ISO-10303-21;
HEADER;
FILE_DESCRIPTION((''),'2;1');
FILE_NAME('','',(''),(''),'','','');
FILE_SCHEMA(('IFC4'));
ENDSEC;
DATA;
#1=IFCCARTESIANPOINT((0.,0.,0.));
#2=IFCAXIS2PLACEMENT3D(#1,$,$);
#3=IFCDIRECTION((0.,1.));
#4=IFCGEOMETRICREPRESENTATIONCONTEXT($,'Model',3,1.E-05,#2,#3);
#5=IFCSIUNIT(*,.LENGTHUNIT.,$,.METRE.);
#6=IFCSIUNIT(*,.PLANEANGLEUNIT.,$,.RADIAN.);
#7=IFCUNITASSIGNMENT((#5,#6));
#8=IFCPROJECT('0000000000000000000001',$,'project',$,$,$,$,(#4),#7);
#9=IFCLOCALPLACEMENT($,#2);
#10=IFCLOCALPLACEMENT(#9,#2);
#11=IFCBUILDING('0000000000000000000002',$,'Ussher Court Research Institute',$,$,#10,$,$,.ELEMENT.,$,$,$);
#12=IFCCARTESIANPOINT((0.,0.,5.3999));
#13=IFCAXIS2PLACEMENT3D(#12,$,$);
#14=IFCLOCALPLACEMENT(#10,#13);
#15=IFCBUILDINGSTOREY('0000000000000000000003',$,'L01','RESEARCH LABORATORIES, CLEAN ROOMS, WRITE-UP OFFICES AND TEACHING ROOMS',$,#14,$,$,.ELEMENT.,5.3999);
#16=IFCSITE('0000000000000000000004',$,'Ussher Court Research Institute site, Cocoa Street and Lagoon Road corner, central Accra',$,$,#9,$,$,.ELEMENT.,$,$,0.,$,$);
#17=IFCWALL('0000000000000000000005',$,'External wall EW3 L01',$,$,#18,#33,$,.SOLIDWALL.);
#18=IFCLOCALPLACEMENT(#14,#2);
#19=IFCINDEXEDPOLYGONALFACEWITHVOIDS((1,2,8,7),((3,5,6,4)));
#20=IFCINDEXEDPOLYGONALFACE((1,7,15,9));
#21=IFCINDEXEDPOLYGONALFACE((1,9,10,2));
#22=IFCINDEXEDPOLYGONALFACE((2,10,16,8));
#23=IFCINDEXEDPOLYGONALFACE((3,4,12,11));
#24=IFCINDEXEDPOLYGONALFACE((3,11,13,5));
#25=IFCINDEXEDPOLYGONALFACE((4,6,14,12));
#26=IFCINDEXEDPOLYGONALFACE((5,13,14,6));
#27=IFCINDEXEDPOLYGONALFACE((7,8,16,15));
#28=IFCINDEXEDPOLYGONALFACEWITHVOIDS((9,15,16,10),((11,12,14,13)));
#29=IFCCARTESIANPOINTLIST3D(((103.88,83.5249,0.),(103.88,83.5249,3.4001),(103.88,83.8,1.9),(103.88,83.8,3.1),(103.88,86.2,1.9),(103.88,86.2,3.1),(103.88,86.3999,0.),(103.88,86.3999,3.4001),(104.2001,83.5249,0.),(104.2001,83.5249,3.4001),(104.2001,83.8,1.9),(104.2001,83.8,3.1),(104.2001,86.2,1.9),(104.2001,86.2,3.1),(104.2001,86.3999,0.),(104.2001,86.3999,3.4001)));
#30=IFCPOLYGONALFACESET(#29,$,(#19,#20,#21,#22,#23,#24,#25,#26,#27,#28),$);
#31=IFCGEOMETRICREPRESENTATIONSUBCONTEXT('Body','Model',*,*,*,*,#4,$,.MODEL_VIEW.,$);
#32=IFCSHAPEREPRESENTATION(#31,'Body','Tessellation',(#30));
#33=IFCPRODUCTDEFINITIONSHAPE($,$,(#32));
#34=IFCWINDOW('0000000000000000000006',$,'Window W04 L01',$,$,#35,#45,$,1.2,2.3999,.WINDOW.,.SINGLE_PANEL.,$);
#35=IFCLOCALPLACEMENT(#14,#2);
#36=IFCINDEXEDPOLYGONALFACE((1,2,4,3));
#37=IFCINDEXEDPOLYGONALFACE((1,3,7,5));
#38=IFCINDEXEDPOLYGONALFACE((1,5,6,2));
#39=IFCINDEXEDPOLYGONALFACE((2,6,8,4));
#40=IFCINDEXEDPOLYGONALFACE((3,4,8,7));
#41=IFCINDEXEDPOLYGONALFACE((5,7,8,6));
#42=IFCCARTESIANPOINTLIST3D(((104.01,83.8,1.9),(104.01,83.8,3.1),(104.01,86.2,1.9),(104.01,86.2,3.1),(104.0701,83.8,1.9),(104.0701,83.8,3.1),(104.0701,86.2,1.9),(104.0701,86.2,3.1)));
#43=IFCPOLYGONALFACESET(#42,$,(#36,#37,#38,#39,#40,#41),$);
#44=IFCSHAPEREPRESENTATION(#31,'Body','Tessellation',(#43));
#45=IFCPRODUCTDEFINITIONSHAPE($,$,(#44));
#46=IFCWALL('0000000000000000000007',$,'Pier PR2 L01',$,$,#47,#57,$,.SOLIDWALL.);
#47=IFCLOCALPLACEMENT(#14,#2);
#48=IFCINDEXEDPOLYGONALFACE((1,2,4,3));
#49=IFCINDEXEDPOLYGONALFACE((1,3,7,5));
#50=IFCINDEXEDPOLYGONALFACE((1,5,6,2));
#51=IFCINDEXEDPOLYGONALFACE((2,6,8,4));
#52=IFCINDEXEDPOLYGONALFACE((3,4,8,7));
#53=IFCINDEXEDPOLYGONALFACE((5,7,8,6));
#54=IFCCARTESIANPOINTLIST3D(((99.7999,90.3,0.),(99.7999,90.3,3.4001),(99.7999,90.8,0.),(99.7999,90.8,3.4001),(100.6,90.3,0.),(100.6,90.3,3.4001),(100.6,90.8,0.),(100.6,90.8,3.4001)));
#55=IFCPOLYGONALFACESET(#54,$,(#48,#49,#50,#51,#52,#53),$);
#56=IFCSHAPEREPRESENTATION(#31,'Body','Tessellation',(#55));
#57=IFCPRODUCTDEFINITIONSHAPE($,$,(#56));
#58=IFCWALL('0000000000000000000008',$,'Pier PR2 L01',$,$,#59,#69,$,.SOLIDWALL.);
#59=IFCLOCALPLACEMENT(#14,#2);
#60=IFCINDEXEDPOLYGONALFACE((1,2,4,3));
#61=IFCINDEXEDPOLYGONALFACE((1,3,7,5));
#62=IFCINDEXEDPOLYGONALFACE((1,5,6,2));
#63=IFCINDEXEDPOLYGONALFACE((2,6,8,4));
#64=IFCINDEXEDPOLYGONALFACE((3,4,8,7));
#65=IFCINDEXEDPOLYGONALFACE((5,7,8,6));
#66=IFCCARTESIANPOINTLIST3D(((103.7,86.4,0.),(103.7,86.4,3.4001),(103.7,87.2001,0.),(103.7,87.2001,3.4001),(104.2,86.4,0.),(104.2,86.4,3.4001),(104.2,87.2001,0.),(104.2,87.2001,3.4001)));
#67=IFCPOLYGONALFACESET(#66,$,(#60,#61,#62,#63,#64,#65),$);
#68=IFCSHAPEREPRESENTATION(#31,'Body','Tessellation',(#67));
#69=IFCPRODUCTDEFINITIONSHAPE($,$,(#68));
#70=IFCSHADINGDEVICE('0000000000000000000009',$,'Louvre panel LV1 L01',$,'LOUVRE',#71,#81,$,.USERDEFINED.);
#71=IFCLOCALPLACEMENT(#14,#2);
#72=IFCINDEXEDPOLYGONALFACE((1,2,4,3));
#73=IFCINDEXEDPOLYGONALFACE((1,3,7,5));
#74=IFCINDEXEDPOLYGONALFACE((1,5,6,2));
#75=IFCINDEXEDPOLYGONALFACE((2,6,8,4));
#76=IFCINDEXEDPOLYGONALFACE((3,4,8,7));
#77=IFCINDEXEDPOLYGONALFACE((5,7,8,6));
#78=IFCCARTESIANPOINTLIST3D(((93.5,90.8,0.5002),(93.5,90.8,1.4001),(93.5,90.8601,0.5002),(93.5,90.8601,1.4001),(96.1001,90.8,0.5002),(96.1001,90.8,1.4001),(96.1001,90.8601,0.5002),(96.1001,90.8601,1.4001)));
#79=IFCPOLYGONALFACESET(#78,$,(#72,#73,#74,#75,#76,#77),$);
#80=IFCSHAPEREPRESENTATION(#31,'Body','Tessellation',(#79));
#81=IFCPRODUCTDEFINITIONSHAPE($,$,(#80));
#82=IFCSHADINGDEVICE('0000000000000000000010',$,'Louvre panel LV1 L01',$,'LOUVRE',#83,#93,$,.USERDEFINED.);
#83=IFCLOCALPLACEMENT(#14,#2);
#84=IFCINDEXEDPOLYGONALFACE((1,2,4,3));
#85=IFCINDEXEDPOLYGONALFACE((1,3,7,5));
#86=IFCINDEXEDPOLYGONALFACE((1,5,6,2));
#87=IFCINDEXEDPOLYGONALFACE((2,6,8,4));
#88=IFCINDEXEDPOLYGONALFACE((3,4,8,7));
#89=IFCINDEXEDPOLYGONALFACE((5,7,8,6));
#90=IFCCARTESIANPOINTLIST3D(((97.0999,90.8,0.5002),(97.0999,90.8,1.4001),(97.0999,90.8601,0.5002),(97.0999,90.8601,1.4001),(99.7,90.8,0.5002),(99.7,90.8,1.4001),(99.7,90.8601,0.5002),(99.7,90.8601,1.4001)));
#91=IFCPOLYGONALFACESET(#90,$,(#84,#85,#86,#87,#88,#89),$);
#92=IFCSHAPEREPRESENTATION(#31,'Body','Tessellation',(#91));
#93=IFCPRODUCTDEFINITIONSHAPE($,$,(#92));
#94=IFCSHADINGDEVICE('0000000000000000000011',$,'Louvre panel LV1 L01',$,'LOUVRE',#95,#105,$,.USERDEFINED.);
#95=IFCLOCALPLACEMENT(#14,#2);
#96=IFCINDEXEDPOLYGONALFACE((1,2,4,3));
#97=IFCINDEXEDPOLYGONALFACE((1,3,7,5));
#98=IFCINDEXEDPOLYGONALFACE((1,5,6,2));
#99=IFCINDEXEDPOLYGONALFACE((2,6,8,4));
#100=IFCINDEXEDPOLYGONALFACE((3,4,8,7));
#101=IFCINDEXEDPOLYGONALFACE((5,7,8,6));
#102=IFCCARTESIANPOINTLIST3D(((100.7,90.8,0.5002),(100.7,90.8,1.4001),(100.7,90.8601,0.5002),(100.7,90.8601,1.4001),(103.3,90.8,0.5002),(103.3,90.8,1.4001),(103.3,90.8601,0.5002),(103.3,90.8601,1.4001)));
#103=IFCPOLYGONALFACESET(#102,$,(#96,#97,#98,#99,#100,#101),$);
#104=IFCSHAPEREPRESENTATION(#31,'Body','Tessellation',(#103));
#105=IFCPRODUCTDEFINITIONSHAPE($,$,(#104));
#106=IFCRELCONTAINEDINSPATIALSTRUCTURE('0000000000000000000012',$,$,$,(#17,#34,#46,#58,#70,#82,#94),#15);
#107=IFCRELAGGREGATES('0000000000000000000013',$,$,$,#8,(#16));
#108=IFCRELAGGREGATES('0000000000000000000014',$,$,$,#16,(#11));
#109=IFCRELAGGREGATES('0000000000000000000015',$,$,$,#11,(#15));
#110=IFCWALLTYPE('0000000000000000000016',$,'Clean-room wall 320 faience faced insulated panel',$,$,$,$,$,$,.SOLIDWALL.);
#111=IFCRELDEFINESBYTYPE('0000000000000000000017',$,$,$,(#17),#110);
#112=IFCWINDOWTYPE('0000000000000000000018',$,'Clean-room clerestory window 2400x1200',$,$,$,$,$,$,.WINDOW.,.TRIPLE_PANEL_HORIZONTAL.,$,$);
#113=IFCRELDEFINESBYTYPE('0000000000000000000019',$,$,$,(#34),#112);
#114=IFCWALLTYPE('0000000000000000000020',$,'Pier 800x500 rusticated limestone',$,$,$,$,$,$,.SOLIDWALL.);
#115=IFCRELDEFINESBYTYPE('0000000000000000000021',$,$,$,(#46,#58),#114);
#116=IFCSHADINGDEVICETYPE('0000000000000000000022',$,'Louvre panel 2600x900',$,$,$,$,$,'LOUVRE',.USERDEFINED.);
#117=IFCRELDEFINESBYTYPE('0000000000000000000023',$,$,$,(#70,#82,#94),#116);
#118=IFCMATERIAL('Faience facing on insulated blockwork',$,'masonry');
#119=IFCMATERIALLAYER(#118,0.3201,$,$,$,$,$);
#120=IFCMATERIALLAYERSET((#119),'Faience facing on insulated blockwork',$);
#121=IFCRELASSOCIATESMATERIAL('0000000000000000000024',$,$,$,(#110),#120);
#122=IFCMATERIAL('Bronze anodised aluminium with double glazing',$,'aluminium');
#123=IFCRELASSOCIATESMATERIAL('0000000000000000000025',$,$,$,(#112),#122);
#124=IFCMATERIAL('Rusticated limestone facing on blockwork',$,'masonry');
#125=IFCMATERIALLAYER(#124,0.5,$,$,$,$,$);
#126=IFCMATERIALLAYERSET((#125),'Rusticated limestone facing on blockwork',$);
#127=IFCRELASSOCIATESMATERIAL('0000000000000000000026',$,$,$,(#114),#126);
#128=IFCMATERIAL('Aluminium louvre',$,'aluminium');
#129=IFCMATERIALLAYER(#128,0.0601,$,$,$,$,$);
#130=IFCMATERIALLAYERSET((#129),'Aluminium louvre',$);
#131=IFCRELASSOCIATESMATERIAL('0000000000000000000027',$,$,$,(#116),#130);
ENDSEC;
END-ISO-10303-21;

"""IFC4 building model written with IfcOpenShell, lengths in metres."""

from ifc_helpers import new_model, si_unit, direction, frame, frame_2d, origin, origin_2d, place, context, subcontext, project, spatial, rectangle, extrude, material, layer, layer_set, type_object, element, fill, save


model = new_model("IFC4")

# Units and contexts
model_context = context("Model", 3, precision=1e-05, world=origin(), true_north=direction((0.0, 1.0)))
body_context = subcontext(model_context, "Body", "Model", "MODEL_VIEW")
ifc_project = project(units=[si_unit("LENGTHUNIT", "METRE"), si_unit("PLANEANGLEUNIT", "RADIAN")], contexts=[model_context])

# Site, building, storey
site_placement = place(None, origin())
site = spatial("IfcSite", under=ifc_project, at=site_placement, Name="Ussher Court Research Institute site, Cocoa Street and Lagoon Road corner, central Accra", CompositionType="ELEMENT", RefElevation=0.0)
building_placement = place(site_placement, origin())
building = spatial("IfcBuilding", under=site, at=building_placement, Name="Ussher Court Research Institute", CompositionType="ELEMENT")
storey_placement = place(building_placement, frame((0.0, 0.0, 5.3999)))
storey = spatial("IfcBuildingStorey", under=building, at=storey_placement, Name="L01", Description="RESEARCH LABORATORIES, CLEAN ROOMS, WRITE-UP OFFICES AND TEACHING ROOMS", CompositionType="ELEMENT", Elevation=5.3999)

# Wall, opening, window
ifc_material_1 = material(Name="Faience facing on insulated blockwork", Category="masonry")
ifc_layer_1 = layer(ifc_material_1, 0.3201)
ifc_layer_set_1 = layer_set([ifc_layer_1], Name="Faience facing on insulated blockwork")
wall_type_1 = type_object("IfcWallType", Name="Clean-room wall 320 faience faced insulated panel", PredefinedType="SOLIDWALL", material=ifc_layer_set_1)
ifc_material_2 = material(Name="Bronze anodised aluminium with double glazing", Category="aluminium")
window_type = type_object("IfcWindowType", Name="Clean-room clerestory window 2400x1200", PartitioningType="TRIPLE_PANEL_HORIZONTAL", PredefinedType="WINDOW", material=ifc_material_2)
wall_1_placement = place(storey_placement, frame((104.04, 86.3999, 0.0), z_axis=(0.0, 0.0, 1.0), x_axis=(0.0, -1.0, 0.0)))
wall_1 = element("IfcWall", 1, at=wall_1_placement, inside=storey, type_object=wall_type_1, Name="External wall EW3 L01", PredefinedType="SOLIDWALL", context=body_context, shape_type="SweptSolid", body=[
    extrude(rectangle(XDim=2.875, YDim=0.3201, at=frame_2d((1.4375, 0.0))), origin(), (0.0, 0.0, 1.0), 3.4001),
])
opening_1_placement = place(wall_1_placement, frame((0.2, 0.0, 1.8999)))
opening_1 = element("IfcOpeningElement", 2, at=opening_1_placement, cuts=wall_1, PredefinedType="OPENING", context=body_context, shape_type="SweptSolid", body=[
    extrude(rectangle(XDim=2.3999, YDim=1.2, at=frame_2d((1.2, 0.6001))), frame((0.0, 0.1699, 0.0), z_axis=(0.0, -1.0, 0.0), x_axis=(1.0, 0.0, 0.0)), (0.0, 0.0, 1.0), 0.3401),
])
window_1_placement = place(opening_1_placement, origin())
window_1 = element("IfcWindow", 3, at=window_1_placement, inside=storey, type_object=window_type, Name="Window W04 L01", OverallHeight=1.2, OverallWidth=2.3999, PartitioningType="SINGLE_PANEL", PredefinedType="WINDOW", context=body_context, shape_type="SweptSolid", body=[
    extrude(rectangle(XDim=2.3999, YDim=1.2, at=frame_2d((1.2, 0.6001))), frame((0.0, 0.03, 0.0), z_axis=(0.0, -1.0, 0.0), x_axis=(1.0, 0.0, 0.0)), (0.0, 0.0, 1.0), 0.0601),
])
fill(opening_1, window_1)

# Walls
ifc_material_3 = material(Name="Rusticated limestone facing on blockwork", Category="masonry")
ifc_layer_2 = layer(ifc_material_3, 0.5)
ifc_layer_set_2 = layer_set([ifc_layer_2], Name="Rusticated limestone facing on blockwork")
wall_type_2 = type_object("IfcWallType", Name="Pier 800x500 rusticated limestone", PredefinedType="SOLIDWALL", material=ifc_layer_set_2)
for number, where, z_axis, x_axis, name in (
    (4, (99.8, 90.55, 0.0), (0.0, 0.0, 1.0), (1.0, 0.0, 0.0), "Pier PR2 L01"),
    (5, (103.95, 87.2, 0.0), (0.0, 0.0, 1.0), (0.0, -1.0, 0.0), "Pier PR2 L01"),
):
    element("IfcWall", number, at=place(storey_placement, frame(where, z_axis=z_axis, x_axis=x_axis)), inside=storey, type_object=wall_type_2, Name=name, PredefinedType="SOLIDWALL", context=body_context, shape_type="SweptSolid", body=[
        extrude(rectangle(XDim=0.8, YDim=0.5, at=frame_2d((0.3999, 0.0))), origin(), (0.0, 0.0, 1.0), 3.4001),
    ])

# Shading devices
ifc_material_4 = material(Name="Aluminium louvre", Category="aluminium")
ifc_layer_3 = layer(ifc_material_4, 0.0601)
ifc_layer_set_3 = layer_set([ifc_layer_3], Name="Aluminium louvre")
shading_device_type = type_object("IfcShadingDeviceType", Name="Louvre panel 2600x900", ElementType="LOUVRE", PredefinedType="USERDEFINED", material=ifc_layer_set_3)
for number, where, z_axis, x_axis, name in (
    (6, (94.8, 90.8301, 0.5002), (0.0, 0.0, 1.0), (1.0, 0.0, 0.0), "Louvre panel LV1 L01"),
    (7, (98.3999, 90.8301, 0.5002), (0.0, 0.0, 1.0), (1.0, 0.0, 0.0), "Louvre panel LV1 L01"),
    (8, (102.0, 90.8301, 0.5002), (0.0, 0.0, 1.0), (1.0, 0.0, 0.0), "Louvre panel LV1 L01"),
):
    element("IfcShadingDevice", number, at=place(storey_placement, frame(where, z_axis=z_axis, x_axis=x_axis)), inside=storey, type_object=shading_device_type, Name=name, ObjectType="LOUVRE", PredefinedType="USERDEFINED", context=body_context, shape_type="SweptSolid", body=[
        extrude(rectangle(XDim=2.6001, YDim=0.0601, at=origin_2d()), origin(), (0.0, 0.0, 1.0), 0.8999),
    ])

save(model, "model.ifc")
